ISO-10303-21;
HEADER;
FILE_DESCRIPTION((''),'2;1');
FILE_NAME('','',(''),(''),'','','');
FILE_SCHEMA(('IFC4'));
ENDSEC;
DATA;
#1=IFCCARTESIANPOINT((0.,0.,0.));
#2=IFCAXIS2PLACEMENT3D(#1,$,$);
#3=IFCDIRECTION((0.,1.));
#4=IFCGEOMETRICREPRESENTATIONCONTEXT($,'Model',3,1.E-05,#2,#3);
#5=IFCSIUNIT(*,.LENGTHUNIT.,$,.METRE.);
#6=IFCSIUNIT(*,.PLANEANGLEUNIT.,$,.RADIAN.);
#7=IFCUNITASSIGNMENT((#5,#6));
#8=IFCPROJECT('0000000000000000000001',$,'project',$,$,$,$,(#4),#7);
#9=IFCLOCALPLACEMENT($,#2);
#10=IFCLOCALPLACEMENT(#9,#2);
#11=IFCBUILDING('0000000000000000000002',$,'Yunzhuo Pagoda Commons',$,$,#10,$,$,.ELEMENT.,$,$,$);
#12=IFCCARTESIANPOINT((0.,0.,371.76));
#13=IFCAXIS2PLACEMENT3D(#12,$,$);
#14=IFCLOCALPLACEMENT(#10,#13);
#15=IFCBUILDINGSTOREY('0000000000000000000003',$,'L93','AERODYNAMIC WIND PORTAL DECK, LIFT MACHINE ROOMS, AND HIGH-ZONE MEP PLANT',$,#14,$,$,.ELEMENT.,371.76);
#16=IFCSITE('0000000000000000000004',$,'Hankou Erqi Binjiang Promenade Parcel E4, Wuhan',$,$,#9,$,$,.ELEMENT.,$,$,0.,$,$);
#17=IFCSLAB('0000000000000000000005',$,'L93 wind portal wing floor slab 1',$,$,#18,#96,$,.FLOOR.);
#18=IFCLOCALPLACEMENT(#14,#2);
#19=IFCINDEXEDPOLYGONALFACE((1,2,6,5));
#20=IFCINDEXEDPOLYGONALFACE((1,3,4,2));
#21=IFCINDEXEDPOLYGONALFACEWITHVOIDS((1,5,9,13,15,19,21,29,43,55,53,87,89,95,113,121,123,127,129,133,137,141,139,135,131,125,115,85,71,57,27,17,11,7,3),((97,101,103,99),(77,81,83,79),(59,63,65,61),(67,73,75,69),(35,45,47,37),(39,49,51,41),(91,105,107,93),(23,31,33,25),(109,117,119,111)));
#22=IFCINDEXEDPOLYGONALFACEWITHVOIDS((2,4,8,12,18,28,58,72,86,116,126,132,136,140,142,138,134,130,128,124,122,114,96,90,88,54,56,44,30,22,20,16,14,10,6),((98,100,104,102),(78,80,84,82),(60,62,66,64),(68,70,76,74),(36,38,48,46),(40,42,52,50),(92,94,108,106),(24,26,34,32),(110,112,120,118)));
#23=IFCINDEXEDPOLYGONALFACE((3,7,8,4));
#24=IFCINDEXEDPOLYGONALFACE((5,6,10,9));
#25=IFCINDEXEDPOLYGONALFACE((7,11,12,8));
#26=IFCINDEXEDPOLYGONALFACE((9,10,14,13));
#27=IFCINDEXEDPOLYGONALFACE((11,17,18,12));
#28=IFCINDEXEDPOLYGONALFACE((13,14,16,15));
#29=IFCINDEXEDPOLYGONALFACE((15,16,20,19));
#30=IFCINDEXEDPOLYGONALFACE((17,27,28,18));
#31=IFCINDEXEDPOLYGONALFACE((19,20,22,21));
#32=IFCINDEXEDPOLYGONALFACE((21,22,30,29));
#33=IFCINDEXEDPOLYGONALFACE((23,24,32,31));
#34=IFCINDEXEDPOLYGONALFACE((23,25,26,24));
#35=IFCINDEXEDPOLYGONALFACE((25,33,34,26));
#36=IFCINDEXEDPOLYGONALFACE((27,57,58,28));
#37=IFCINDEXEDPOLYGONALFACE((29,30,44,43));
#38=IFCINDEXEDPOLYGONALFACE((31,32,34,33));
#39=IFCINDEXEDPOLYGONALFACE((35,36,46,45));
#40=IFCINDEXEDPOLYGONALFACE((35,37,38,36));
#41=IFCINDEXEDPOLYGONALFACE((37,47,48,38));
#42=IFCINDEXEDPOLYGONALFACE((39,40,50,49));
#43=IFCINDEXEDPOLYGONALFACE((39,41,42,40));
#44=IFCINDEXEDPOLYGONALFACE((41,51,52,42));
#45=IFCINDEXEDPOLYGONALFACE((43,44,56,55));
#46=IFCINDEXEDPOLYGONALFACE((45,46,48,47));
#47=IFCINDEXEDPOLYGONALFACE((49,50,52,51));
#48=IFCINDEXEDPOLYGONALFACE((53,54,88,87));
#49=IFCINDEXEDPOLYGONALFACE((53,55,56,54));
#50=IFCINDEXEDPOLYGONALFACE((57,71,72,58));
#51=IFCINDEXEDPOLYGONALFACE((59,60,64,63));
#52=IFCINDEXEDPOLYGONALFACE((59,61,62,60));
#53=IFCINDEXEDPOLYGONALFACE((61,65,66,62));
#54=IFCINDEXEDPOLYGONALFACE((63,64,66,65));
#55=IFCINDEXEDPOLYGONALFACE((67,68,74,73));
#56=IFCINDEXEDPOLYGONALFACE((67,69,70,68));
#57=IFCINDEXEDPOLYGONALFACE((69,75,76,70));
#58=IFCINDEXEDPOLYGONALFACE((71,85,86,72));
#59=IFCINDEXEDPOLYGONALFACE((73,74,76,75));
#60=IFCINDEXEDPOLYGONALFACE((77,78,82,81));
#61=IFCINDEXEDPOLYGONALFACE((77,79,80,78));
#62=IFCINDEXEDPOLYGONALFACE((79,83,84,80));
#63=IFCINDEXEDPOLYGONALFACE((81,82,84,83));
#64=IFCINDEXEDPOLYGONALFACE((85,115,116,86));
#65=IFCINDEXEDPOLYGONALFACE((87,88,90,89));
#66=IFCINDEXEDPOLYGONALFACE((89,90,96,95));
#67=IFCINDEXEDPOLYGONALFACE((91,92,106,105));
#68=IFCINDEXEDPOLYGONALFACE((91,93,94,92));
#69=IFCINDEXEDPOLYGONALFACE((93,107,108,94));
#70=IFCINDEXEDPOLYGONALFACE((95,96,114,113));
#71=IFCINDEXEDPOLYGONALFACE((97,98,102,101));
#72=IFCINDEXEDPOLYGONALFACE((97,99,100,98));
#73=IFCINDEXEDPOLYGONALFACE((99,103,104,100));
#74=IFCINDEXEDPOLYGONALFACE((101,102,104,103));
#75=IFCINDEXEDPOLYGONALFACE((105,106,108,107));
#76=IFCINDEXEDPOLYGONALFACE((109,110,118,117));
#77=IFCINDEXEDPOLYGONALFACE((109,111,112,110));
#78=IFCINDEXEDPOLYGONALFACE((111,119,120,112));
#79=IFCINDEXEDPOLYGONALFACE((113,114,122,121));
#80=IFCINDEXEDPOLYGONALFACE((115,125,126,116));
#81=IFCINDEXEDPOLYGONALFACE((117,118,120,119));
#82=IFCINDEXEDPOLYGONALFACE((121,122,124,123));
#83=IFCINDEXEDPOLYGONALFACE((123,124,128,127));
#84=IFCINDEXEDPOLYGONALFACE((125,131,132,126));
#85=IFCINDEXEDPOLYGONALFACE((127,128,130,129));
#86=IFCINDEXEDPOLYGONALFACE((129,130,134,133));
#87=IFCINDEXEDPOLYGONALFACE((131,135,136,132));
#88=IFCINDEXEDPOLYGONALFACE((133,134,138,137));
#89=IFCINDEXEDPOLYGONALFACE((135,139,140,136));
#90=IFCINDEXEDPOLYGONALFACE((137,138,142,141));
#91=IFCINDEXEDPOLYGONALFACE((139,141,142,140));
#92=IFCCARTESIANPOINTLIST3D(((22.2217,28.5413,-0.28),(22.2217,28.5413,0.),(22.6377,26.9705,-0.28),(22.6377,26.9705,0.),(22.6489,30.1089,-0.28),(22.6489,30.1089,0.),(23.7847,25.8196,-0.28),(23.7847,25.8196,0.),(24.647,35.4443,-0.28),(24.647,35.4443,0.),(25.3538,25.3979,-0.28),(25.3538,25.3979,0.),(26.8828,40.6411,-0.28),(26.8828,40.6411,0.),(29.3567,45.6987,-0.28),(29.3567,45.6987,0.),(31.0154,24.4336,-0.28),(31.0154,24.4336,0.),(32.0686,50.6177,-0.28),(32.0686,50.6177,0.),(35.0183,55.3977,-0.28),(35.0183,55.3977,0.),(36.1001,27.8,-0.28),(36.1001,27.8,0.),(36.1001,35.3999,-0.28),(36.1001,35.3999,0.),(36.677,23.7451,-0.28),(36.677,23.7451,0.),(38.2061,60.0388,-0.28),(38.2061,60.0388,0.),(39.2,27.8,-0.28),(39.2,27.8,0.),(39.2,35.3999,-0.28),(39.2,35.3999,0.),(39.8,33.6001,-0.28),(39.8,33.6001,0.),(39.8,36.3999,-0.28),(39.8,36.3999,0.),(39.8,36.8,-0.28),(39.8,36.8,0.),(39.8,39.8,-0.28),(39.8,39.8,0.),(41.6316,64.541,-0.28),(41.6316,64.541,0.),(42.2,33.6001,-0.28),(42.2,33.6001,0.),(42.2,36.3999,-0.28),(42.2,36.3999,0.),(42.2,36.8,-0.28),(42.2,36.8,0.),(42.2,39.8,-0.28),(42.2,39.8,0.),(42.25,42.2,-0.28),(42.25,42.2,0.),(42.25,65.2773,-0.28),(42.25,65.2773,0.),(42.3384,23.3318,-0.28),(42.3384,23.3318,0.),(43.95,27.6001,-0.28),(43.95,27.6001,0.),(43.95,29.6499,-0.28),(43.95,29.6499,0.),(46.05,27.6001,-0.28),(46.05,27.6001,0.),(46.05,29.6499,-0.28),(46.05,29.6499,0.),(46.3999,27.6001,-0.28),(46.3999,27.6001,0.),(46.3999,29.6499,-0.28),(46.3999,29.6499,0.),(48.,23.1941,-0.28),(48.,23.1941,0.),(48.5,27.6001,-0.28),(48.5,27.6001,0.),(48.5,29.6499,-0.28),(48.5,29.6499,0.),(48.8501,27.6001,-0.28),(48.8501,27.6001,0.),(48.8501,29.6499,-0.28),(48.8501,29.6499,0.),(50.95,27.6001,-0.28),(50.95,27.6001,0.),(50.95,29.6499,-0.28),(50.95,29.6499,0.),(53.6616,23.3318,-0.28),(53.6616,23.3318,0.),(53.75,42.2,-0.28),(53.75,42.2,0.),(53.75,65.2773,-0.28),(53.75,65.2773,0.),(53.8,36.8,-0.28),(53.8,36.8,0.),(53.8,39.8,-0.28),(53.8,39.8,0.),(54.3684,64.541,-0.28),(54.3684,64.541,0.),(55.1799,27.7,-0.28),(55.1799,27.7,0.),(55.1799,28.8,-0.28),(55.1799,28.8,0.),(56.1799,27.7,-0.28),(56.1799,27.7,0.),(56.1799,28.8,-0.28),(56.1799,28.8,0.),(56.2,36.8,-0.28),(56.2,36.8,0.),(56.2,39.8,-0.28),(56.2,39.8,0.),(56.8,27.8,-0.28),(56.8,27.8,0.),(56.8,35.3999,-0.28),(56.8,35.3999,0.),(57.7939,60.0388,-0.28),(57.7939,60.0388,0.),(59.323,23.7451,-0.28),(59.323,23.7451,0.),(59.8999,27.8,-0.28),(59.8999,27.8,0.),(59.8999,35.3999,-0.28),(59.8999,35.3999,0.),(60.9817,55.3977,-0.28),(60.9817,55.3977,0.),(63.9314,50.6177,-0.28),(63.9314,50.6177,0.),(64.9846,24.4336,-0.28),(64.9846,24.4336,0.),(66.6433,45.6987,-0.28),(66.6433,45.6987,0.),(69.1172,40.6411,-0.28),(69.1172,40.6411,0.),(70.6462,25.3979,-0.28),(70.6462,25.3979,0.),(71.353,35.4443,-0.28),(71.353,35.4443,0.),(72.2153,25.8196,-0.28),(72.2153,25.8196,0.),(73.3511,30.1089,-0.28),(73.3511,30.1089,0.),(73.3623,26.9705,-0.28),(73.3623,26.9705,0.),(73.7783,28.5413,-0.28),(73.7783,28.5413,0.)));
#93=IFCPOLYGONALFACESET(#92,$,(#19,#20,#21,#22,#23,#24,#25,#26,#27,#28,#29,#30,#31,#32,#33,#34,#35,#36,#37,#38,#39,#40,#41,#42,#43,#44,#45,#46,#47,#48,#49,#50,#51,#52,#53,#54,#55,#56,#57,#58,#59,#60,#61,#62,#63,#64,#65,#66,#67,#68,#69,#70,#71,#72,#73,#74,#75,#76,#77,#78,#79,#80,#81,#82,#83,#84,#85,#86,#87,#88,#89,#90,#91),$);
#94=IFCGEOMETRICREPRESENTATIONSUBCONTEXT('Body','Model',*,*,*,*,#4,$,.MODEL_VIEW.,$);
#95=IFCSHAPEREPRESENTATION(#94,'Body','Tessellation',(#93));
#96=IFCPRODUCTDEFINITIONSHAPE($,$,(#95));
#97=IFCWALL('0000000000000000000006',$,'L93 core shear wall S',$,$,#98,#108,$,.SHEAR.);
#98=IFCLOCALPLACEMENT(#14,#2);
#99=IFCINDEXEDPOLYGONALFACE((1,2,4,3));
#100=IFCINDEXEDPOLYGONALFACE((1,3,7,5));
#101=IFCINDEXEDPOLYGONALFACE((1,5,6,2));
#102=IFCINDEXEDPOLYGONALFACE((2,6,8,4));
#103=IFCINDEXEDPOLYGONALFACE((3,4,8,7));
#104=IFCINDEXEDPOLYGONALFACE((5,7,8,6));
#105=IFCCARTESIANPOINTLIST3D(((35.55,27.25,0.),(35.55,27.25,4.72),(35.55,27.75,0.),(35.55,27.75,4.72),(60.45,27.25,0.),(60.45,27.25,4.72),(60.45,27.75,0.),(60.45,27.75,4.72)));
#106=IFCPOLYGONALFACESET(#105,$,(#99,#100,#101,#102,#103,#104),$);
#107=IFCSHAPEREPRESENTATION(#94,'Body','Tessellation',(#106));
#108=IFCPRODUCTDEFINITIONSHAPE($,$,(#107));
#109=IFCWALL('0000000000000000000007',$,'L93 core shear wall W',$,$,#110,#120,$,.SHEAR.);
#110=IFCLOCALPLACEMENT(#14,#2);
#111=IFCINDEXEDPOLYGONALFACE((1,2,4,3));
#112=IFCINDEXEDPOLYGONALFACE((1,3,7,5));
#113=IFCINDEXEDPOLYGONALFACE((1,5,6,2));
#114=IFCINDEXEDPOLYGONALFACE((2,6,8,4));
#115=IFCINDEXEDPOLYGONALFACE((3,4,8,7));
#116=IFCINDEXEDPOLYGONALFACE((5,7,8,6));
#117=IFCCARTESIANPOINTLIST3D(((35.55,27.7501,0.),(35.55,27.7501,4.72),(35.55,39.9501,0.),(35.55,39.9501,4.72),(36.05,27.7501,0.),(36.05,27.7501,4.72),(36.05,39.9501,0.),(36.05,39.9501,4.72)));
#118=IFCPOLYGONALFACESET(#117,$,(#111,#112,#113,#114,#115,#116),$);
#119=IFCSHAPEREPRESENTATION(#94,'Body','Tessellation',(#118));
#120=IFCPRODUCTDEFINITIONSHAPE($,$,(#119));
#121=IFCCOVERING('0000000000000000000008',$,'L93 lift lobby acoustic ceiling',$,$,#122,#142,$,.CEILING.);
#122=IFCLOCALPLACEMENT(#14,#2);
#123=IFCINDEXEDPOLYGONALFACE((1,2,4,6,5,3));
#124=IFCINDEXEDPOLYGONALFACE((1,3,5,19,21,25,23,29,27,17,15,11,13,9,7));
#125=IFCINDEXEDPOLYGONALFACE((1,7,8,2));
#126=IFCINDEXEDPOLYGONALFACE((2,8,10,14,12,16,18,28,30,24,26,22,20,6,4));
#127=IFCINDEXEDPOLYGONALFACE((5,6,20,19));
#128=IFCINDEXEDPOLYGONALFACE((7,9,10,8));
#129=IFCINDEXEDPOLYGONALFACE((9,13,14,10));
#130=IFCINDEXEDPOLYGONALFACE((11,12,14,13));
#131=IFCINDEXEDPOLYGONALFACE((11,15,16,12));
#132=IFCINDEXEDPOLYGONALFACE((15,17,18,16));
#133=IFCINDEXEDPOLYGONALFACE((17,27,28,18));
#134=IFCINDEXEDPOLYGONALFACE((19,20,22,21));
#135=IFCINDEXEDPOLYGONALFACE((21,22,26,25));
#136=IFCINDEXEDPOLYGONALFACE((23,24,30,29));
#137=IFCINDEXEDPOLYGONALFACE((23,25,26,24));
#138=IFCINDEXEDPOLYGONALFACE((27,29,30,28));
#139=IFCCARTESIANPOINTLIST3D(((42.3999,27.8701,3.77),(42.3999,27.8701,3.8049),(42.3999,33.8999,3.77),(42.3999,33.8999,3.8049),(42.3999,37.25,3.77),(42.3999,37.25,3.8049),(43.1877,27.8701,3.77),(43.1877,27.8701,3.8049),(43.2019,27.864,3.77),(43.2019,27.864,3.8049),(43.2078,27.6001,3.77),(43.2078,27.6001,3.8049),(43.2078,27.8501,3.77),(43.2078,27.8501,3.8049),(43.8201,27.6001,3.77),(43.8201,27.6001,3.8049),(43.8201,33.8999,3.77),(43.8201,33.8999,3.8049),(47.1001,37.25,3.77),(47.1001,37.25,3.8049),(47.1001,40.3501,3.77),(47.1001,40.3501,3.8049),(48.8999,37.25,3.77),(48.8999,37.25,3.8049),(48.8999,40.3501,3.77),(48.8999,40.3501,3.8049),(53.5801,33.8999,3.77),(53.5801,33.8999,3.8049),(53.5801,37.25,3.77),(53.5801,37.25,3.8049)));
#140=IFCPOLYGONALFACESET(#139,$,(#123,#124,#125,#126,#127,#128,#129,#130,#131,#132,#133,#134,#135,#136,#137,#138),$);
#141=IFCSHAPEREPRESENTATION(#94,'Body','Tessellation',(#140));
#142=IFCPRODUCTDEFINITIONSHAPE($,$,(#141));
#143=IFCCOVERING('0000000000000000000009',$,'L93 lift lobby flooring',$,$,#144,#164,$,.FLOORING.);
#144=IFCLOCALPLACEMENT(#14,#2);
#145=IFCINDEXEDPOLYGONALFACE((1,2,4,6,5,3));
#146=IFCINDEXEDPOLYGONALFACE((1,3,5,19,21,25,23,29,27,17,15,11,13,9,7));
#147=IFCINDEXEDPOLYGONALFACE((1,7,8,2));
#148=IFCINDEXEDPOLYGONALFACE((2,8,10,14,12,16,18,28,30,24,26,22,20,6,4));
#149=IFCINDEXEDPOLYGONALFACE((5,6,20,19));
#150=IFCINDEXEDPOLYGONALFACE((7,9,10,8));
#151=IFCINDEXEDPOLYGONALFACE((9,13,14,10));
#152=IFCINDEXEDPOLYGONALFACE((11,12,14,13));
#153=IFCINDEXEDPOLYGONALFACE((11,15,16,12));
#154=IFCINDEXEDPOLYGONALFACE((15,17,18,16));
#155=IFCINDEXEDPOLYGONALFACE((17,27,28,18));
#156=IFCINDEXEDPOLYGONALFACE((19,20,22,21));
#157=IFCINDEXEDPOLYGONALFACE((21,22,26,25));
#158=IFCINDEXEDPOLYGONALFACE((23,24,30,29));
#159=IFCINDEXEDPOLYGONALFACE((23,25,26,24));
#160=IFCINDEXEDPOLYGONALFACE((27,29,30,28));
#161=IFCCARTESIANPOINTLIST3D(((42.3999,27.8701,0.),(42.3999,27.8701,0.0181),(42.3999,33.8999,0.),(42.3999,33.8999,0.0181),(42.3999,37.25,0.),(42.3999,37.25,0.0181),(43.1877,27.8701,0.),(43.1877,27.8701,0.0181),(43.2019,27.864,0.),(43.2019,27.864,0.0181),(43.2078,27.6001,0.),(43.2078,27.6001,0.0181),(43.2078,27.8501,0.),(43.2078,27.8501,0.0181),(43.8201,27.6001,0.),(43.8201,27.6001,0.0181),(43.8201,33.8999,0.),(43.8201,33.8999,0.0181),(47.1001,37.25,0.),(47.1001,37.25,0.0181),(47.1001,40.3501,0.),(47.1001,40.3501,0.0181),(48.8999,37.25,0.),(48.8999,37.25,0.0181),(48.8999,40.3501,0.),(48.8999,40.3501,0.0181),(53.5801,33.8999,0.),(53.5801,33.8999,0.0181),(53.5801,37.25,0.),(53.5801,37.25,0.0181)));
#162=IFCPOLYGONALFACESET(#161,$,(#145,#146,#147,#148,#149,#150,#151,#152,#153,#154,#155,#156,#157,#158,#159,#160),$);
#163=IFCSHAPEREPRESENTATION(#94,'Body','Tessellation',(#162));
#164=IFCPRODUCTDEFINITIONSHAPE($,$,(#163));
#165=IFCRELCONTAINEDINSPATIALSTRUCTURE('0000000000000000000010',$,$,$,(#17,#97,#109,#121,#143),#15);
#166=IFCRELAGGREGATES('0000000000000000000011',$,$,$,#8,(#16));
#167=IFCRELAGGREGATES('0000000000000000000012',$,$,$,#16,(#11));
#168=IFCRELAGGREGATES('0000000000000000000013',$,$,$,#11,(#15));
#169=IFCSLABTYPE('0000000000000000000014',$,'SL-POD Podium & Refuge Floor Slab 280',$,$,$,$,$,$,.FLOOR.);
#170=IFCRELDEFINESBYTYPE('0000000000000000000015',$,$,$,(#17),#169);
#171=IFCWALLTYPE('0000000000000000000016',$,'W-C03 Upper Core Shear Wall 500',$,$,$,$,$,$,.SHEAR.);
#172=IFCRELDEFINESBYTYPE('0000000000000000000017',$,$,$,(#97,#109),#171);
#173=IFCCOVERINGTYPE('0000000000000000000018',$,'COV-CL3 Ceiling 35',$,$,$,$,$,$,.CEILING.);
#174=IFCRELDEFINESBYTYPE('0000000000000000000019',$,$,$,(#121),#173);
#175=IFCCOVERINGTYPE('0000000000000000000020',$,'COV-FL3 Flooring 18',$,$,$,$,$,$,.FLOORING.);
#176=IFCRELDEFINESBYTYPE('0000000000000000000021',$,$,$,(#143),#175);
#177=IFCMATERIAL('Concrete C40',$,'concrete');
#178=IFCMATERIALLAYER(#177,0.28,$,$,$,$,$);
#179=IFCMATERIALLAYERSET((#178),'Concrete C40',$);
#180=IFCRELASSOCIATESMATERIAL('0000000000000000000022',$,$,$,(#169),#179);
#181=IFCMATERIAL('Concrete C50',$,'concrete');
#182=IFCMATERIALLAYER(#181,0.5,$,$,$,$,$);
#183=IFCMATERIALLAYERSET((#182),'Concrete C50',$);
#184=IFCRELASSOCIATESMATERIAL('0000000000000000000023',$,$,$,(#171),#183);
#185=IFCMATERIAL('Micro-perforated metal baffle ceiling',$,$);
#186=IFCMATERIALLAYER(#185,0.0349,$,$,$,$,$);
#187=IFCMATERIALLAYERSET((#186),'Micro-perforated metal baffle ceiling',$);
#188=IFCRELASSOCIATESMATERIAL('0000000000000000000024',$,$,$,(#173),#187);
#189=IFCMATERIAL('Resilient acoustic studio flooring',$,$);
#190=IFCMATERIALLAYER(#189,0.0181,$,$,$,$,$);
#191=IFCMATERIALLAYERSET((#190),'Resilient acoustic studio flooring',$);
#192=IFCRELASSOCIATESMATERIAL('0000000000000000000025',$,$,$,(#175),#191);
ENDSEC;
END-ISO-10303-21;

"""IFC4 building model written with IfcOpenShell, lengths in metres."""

from ifc_helpers import new_model, si_unit, direction, frame, frame_2d, origin, place, context, subcontext, project, spatial, polyline, rectangle, outline, extrude, material, layer, layer_set, type_object, element, save


model = new_model("IFC4")

# Units and contexts
model_context = context("Model", 3, precision=1e-05, world=origin(), true_north=direction((0.0, 1.0)))
body_context = subcontext(model_context, "Body", "Model", "MODEL_VIEW")
ifc_project = project(units=[si_unit("LENGTHUNIT", "METRE"), si_unit("PLANEANGLEUNIT", "RADIAN")], contexts=[model_context])

# Site, building, storey
site_placement = place(None, origin())
site = spatial("IfcSite", under=ifc_project, at=site_placement, Name="Hankou Erqi Binjiang Promenade Parcel E4, Wuhan", CompositionType="ELEMENT", RefElevation=0.0)
building_placement = place(site_placement, origin())
building = spatial("IfcBuilding", under=site, at=building_placement, Name="Yunzhuo Pagoda Commons", CompositionType="ELEMENT")
storey_placement = place(building_placement, frame((0.0, 0.0, 371.76)))
storey = spatial("IfcBuildingStorey", under=building, at=storey_placement, Name="L93", Description="AERODYNAMIC WIND PORTAL DECK, LIFT MACHINE ROOMS, AND HIGH-ZONE MEP PLANT", CompositionType="ELEMENT", Elevation=371.76)

# Shared definitions
ifc_material_1 = material(Name="Concrete C40", Category="concrete")

# Slab
ifc_layer_1 = layer(ifc_material_1, 0.28)
ifc_layer_set_1 = layer_set([ifc_layer_1], Name="Concrete C40")
slab_type_1 = type_object("IfcSlabType", Name="SL-POD Podium & Refuge Floor Slab 280", PredefinedType="FLOOR", material=ifc_layer_set_1)
slab_1_placement = place(storey_placement, frame((0.0, 0.0, -0.28)))
element("IfcSlab", 1, at=slab_1_placement, inside=storey, type_object=slab_type_1, Name="L93 wind portal wing floor slab 1", PredefinedType="FLOOR", context=body_context, shape_type="SweptSolid", body=[
    extrude(outline(polyline([(57.7939, 60.0388), (60.9817, 55.3977), (63.9314, 50.6177), (66.6433, 45.6987), (69.1172, 40.6411), (71.353, 35.4443), (73.3511, 30.1089), (73.7783, 28.5413), (73.3623, 26.9705), (72.2153, 25.8196), (70.6462, 25.3979), (64.9846, 24.4336), (59.323, 23.7451), (53.6616, 23.3318), (48.0, 23.1941), (42.3384, 23.3318), (36.677, 23.7451), (31.0154, 24.4336), (25.3538, 25.3979), (23.7847, 25.8196), (22.6377, 26.9705), (22.2217, 28.5413), (22.6489, 30.1089), (24.647, 35.4443), (26.8828, 40.6411), (29.3567, 45.6987), (32.0686, 50.6177), (35.0183, 55.3977), (38.2061, 60.0388), (41.6316, 64.541), (42.25, 65.2773), (42.25, 42.2), (53.75, 42.2), (53.75, 65.2773), (54.3684, 64.541), (57.7939, 60.0388)]), holes=[polyline([(56.1799, 28.8), (55.1799, 28.8), (55.1799, 27.7), (56.1799, 27.7), (56.1799, 28.8)]), polyline([(46.05, 29.6499), (43.95, 29.6499), (43.95, 27.6001), (46.05, 27.6001), (46.05, 29.6499)]), polyline([(48.5, 29.6499), (46.3999, 29.6499), (46.3999, 27.6001), (48.5, 27.6001), (48.5, 29.6499)]), polyline([(50.95, 29.6499), (48.8501, 29.6499), (48.8501, 27.6001), (50.95, 27.6001), (50.95, 29.6499)]), polyline([(39.2, 27.8), (39.2, 35.3999), (36.1001, 35.3999), (36.1001, 27.8), (39.2, 27.8)]), polyline([(59.8999, 27.8), (59.8999, 35.3999), (56.8, 35.3999), (56.8, 27.8), (59.8999, 27.8)]), polyline([(42.2, 36.3999), (39.8, 36.3999), (39.8, 33.6001), (42.2, 33.6001), (42.2, 36.3999)]), polyline([(42.2, 36.8), (42.2, 39.8), (39.8, 39.8), (39.8, 36.8), (42.2, 36.8)]), polyline([(56.2, 36.8), (56.2, 39.8), (53.8, 39.8), (53.8, 36.8), (56.2, 36.8)])]), origin(), (0.0, 0.0, 1.0), 0.28),
])

# Walls
ifc_material_2 = material(Name="Concrete C50", Category="concrete")
ifc_layer_2 = layer(ifc_material_2, 0.5)
ifc_layer_set_2 = layer_set([ifc_layer_2], Name="Concrete C50")
wall_type = type_object("IfcWallType", Name="W-C03 Upper Core Shear Wall 500", PredefinedType="SHEAR", material=ifc_layer_set_2)
wall_1_placement = place(storey_placement, frame((35.55, 27.5, 0.0), z_axis=(0.0, 0.0, 1.0), x_axis=(1.0, 0.0, 0.0)))
element("IfcWall", 2, at=wall_1_placement, inside=storey, type_object=wall_type, Name="L93 core shear wall S", PredefinedType="SHEAR", context=body_context, shape_type="SweptSolid", body=[
    extrude(rectangle(XDim=24.8999, YDim=0.5, at=frame_2d((12.45, 0.0))), origin(), (0.0, 0.0, 1.0), 4.72),
])
wall_2_placement = place(storey_placement, frame((35.8, 27.75, 0.0), z_axis=(0.0, 0.0, 1.0), x_axis=(0.0, 1.0, 0.0)))
element("IfcWall", 3, at=wall_2_placement, inside=storey, type_object=wall_type, Name="L93 core shear wall W", PredefinedType="SHEAR", context=body_context, shape_type="SweptSolid", body=[
    extrude(rectangle(XDim=12.2, YDim=0.5, at=frame_2d((6.1001, 0.0))), origin(), (0.0, 0.0, 1.0), 4.72),
])

# Coverings
ifc_material_3 = material(Name="Micro-perforated metal baffle ceiling")
ifc_layer_3 = layer(ifc_material_3, 0.0349)
ifc_layer_set_3 = layer_set([ifc_layer_3], Name="Micro-perforated metal baffle ceiling")
covering_type_1 = type_object("IfcCoveringType", Name="COV-CL3 Ceiling 35", PredefinedType="CEILING", material=ifc_layer_set_3)
covering_1_placement = place(storey_placement, frame((0.0, 0.0, 3.77)))
element("IfcCovering", 4, at=covering_1_placement, inside=storey, type_object=covering_type_1, Name="L93 lift lobby acoustic ceiling", PredefinedType="CEILING", context=body_context, shape_type="SweptSolid", body=[
    extrude(outline(polyline([(43.2078, 27.8501), (43.2019, 27.864), (43.1877, 27.8701), (42.3999, 27.8701), (42.3999, 33.8999), (42.3999, 37.25), (47.1001, 37.25), (47.1001, 40.3501), (48.8999, 40.3501), (48.8999, 37.25), (53.5801, 37.25), (53.5801, 33.8999), (43.8201, 33.8999), (43.8201, 27.6001), (43.2078, 27.6001), (43.2078, 27.8501)])), origin(), (0.0, 0.0, 1.0), 0.0349),
])
ifc_material_4 = material(Name="Resilient acoustic studio flooring")
ifc_layer_4 = layer(ifc_material_4, 0.0181)
ifc_layer_set_4 = layer_set([ifc_layer_4], Name="Resilient acoustic studio flooring")
covering_type_2 = type_object("IfcCoveringType", Name="COV-FL3 Flooring 18", PredefinedType="FLOORING", material=ifc_layer_set_4)
covering_2_placement = place(storey_placement, origin())
element("IfcCovering", 5, at=covering_2_placement, inside=storey, type_object=covering_type_2, Name="L93 lift lobby flooring", PredefinedType="FLOORING", context=body_context, shape_type="SweptSolid", body=[
    extrude(outline(polyline([(43.2078, 27.8501), (43.2019, 27.864), (43.1877, 27.8701), (42.3999, 27.8701), (42.3999, 33.8999), (42.3999, 37.25), (47.1001, 37.25), (47.1001, 40.3501), (48.8999, 40.3501), (48.8999, 37.25), (53.5801, 37.25), (53.5801, 33.8999), (43.8201, 33.8999), (43.8201, 27.6001), (43.2078, 27.6001), (43.2078, 27.8501)])), origin(), (0.0, 0.0, 1.0), 0.0181),
])

save(model, "model.ifc")
